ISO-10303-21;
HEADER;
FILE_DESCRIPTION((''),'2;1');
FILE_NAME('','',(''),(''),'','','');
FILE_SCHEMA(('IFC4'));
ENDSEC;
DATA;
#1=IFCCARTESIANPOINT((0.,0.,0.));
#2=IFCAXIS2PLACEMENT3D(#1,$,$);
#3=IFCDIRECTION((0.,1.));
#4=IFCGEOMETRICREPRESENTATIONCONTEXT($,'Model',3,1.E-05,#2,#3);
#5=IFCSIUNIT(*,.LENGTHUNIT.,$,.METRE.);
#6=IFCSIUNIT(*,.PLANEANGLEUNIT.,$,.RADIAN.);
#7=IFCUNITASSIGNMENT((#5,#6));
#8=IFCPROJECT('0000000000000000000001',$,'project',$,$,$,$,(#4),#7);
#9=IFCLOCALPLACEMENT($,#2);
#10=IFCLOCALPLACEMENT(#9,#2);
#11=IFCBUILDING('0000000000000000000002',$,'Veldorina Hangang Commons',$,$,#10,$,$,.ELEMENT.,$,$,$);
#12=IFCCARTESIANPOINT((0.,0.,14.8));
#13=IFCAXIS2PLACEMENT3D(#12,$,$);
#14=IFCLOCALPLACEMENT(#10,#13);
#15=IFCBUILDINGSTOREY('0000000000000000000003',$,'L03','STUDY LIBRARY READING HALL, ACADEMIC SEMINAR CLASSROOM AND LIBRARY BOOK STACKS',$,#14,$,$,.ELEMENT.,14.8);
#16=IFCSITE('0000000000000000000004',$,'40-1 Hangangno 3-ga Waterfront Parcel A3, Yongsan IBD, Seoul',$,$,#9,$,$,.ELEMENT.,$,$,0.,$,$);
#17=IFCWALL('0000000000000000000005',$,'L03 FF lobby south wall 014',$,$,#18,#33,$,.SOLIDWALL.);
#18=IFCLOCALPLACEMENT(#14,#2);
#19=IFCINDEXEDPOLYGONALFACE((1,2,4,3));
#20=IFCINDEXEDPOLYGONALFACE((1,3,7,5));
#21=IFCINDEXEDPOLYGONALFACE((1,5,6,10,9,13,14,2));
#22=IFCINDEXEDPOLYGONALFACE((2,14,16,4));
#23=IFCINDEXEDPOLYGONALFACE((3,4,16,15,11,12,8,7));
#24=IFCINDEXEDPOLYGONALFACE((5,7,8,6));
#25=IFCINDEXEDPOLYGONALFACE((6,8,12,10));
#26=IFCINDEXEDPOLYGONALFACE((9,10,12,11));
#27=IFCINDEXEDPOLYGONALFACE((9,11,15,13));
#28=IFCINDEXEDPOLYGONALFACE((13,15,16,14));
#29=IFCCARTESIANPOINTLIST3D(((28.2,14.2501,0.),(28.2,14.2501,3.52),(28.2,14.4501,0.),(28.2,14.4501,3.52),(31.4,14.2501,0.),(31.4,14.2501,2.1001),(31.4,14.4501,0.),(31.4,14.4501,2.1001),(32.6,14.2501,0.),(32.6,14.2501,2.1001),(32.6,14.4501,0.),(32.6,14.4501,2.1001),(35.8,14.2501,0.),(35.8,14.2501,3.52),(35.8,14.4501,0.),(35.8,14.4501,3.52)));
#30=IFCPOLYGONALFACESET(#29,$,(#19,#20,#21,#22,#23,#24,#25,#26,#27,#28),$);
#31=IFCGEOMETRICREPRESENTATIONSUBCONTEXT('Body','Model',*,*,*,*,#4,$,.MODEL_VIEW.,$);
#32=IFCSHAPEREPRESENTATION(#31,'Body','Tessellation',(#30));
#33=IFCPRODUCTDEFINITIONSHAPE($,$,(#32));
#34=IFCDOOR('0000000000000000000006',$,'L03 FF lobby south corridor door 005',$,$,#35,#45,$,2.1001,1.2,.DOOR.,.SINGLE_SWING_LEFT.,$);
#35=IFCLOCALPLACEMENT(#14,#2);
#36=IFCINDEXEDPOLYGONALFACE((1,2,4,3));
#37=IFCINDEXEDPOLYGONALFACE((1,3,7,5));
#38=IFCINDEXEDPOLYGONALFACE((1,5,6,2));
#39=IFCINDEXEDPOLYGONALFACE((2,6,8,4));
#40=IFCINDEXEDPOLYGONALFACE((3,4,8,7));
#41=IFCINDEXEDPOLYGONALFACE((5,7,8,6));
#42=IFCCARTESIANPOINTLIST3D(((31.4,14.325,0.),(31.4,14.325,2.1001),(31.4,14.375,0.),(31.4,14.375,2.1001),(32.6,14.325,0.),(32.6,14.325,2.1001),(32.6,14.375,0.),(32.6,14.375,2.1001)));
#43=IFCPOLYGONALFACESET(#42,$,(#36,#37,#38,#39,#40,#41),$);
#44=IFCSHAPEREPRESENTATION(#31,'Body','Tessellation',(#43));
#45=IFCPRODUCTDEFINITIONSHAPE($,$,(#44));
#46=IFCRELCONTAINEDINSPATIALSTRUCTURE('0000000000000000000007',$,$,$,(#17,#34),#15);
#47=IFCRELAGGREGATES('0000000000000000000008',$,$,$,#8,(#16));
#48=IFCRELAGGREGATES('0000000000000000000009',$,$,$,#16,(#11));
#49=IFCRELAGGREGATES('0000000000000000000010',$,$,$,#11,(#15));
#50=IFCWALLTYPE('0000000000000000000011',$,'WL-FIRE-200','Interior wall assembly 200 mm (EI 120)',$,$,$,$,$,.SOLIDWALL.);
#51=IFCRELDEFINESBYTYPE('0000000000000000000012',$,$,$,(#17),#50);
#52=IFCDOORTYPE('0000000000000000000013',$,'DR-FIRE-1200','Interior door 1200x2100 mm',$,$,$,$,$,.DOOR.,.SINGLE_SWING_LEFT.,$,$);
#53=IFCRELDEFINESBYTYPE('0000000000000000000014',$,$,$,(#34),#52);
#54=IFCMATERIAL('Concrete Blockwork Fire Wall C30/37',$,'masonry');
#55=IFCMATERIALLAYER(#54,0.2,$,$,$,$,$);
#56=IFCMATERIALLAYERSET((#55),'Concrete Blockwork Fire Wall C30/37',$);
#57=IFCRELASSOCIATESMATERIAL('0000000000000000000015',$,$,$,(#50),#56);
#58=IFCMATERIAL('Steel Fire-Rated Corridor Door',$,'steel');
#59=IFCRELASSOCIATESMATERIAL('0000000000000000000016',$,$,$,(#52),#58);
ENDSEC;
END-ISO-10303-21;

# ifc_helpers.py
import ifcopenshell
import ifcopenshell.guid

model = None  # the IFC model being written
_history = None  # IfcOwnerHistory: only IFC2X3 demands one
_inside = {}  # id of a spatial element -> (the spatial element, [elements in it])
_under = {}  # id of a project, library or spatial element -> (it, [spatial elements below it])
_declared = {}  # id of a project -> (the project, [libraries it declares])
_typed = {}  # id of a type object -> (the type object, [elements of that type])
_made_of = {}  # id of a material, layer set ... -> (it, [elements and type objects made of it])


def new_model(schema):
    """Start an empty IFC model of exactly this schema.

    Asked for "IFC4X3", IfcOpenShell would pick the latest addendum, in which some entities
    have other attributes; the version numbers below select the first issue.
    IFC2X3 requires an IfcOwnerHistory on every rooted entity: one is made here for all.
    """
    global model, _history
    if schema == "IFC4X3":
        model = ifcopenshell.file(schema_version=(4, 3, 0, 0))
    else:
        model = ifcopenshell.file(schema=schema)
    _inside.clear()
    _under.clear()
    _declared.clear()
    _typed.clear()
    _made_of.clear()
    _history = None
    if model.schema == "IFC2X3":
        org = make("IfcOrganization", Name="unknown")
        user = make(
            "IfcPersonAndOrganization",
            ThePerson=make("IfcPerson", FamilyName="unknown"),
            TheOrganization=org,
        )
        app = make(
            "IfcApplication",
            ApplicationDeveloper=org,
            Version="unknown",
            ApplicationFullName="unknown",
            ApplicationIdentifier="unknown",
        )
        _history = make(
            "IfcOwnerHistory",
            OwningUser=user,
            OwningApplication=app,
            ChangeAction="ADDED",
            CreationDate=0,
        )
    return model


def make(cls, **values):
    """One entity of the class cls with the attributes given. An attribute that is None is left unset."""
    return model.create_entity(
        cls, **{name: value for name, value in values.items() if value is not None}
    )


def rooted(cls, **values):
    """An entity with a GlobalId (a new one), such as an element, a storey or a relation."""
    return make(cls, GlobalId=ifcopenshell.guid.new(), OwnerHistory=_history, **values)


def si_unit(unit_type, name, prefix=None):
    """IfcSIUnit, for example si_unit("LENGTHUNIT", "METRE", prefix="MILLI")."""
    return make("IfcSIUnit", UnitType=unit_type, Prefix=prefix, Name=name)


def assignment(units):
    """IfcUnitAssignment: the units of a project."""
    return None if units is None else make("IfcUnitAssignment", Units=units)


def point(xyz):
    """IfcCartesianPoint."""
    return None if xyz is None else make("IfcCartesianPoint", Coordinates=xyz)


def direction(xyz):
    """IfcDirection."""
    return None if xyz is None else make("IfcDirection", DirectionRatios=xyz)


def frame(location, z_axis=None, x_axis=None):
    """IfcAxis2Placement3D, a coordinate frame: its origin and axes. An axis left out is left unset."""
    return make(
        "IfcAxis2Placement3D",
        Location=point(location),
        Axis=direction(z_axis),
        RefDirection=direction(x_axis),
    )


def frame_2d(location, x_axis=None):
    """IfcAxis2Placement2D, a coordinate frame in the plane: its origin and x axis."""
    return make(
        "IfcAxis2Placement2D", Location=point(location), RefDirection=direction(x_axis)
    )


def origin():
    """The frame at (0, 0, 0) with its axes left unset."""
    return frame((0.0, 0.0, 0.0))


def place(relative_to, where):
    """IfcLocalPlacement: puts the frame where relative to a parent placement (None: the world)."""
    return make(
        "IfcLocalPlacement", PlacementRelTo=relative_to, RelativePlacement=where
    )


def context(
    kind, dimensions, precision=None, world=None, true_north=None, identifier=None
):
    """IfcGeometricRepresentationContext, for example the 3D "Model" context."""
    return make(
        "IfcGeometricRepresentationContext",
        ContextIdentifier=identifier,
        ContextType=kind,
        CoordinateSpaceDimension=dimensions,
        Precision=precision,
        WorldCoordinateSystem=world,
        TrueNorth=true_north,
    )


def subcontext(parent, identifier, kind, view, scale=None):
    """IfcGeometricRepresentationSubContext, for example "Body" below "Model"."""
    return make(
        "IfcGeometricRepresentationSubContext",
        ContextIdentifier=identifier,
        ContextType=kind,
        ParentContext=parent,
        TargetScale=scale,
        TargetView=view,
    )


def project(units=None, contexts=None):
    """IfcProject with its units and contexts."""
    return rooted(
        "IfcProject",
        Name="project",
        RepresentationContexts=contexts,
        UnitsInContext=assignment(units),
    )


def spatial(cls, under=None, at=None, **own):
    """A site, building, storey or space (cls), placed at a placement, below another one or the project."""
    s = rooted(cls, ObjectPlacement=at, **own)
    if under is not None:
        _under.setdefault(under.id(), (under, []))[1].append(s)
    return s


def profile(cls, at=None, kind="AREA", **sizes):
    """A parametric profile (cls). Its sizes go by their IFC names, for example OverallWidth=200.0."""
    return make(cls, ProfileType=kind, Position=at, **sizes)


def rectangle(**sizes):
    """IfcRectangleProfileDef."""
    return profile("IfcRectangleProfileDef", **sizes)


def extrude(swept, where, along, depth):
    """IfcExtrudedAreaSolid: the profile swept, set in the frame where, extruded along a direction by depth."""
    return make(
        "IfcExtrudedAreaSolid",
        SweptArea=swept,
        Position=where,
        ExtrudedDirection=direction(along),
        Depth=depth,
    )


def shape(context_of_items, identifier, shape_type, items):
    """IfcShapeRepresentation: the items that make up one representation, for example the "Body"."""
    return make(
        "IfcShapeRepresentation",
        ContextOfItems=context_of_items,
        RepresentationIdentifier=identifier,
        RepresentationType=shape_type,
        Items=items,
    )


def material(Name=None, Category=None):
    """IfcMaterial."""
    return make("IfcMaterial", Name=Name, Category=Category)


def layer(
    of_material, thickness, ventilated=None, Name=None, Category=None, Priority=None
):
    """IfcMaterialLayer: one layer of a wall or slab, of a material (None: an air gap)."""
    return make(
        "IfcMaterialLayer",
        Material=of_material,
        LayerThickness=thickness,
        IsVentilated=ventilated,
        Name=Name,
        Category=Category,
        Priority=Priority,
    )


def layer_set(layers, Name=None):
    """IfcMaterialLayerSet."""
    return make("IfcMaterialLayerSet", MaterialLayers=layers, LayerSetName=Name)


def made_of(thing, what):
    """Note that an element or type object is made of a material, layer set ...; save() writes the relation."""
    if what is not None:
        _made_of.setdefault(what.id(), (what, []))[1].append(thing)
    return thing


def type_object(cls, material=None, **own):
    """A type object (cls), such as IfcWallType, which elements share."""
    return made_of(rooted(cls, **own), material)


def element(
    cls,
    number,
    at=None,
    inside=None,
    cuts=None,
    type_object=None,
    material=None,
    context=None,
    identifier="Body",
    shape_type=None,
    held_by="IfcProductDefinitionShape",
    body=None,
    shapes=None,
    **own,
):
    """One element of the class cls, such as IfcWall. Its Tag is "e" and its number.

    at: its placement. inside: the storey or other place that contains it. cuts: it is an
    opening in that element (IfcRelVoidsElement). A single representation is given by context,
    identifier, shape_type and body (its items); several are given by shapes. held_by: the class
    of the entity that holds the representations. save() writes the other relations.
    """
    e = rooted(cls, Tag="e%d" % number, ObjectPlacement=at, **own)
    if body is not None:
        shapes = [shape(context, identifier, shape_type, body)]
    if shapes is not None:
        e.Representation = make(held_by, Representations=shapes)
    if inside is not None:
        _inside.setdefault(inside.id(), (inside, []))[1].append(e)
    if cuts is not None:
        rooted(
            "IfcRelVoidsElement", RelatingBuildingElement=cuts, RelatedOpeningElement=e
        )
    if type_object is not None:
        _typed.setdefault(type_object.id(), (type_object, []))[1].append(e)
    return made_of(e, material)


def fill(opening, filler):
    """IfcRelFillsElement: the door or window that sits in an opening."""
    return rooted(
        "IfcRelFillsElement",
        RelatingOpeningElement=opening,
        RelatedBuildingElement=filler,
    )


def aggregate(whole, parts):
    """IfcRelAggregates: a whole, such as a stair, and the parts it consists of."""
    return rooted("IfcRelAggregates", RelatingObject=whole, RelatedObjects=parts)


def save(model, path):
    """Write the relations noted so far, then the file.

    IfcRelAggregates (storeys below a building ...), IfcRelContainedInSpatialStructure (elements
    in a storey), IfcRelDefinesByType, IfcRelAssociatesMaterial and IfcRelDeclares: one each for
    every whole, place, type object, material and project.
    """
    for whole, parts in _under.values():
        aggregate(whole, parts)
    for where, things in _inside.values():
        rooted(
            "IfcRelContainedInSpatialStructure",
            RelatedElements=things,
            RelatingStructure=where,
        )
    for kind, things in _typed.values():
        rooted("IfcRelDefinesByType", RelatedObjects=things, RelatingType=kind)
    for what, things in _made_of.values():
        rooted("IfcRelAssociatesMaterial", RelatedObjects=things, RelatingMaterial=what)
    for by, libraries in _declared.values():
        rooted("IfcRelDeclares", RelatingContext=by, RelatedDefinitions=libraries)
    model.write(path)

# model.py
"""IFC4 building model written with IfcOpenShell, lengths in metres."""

from ifc_helpers import new_model, si_unit, direction, frame, frame_2d, origin, place, context, subcontext, project, spatial, rectangle, extrude, material, layer, layer_set, type_object, element, fill, save


model = new_model("IFC4")

# Units and contexts
model_context = context("Model", 3, precision=1e-05, world=origin(), true_north=direction((0.0, 1.0)))
body_context = subcontext(model_context, "Body", "Model", "MODEL_VIEW")
ifc_project = project(units=[si_unit("LENGTHUNIT", "METRE"), si_unit("PLANEANGLEUNIT", "RADIAN")], contexts=[model_context])

# Site, building, storey
site_placement = place(None, origin())
site = spatial("IfcSite", under=ifc_project, at=site_placement, Name="40-1 Hangangno 3-ga Waterfront Parcel A3, Yongsan IBD, Seoul", CompositionType="ELEMENT", RefElevation=0.0)
building_placement = place(site_placement, origin())
building = spatial("IfcBuilding", under=site, at=building_placement, Name="Veldorina Hangang Commons", CompositionType="ELEMENT")
storey_placement = place(building_placement, frame((0.0, 0.0, 14.8)))
storey = spatial("IfcBuildingStorey", under=building, at=storey_placement, Name="L03", Description="STUDY LIBRARY READING HALL, ACADEMIC SEMINAR CLASSROOM AND LIBRARY BOOK STACKS", CompositionType="ELEMENT", Elevation=14.8)

# Shared definitions
ifc_material_1 = material(Name="Concrete Blockwork Fire Wall C30/37", Category="masonry")
ifc_layer_1 = layer(ifc_material_1, 0.2)
ifc_layer_set_1 = layer_set([ifc_layer_1], Name="Concrete Blockwork Fire Wall C30/37")
wall_type_1 = type_object("IfcWallType", Name="WL-FIRE-200", Description="Interior wall assembly 200 mm (EI 120)", PredefinedType="SOLIDWALL", material=ifc_layer_set_1)

# Wall, opening, door
wall_1_placement = place(storey_placement, frame((28.2, 14.3501, 0.0), z_axis=(0.0, 0.0, 1.0), x_axis=(1.0, 0.0, 0.0)))
wall_1 = element("IfcWall", 1, at=wall_1_placement, inside=storey, type_object=wall_type_1, Name="L03 FF lobby south wall 014", PredefinedType="SOLIDWALL", context=body_context, shape_type="SweptSolid", body=[
    extrude(rectangle(XDim=7.6001, YDim=0.2, at=frame_2d((3.8, 0.0))), origin(), (0.0, 0.0, 1.0), 3.52),
])
opening_1_placement = place(wall_1_placement, frame((3.2, 0.0, 0.0)))
opening_1 = element("IfcOpeningElement", 2, at=opening_1_placement, cuts=wall_1, PredefinedType="OPENING", context=body_context, shape_type="SweptSolid", body=[
    extrude(rectangle(XDim=1.2, YDim=2.1001, at=frame_2d((0.6001, 1.05))), frame((0.0, 0.1099, 0.0), z_axis=(0.0, -1.0, 0.0), x_axis=(1.0, 0.0, 0.0)), (0.0, 0.0, 1.0), 0.22),
])
ifc_material_2 = material(Name="Steel Fire-Rated Corridor Door", Category="steel")
door_type_1 = type_object("IfcDoorType", Name="DR-FIRE-1200", Description="Interior door 1200x2100 mm", OperationType="SINGLE_SWING_LEFT", PredefinedType="DOOR", material=ifc_material_2)
door_1_placement = place(opening_1_placement, origin())
door_1 = element("IfcDoor", 3, at=door_1_placement, inside=storey, type_object=door_type_1, Name="L03 FF lobby south corridor door 005", OperationType="SINGLE_SWING_LEFT", OverallHeight=2.1001, OverallWidth=1.2, PredefinedType="DOOR", context=body_context, shape_type="SweptSolid", body=[
    extrude(rectangle(XDim=1.2, YDim=2.1001, at=frame_2d((0.6001, 1.05))), frame((0.0, 0.0249, 0.0), z_axis=(0.0, -1.0, 0.0), x_axis=(1.0, 0.0, 0.0)), (0.0, 0.0, 1.0), 0.05),
])
fill(opening_1, door_1)

save(model, "model.ifc")
